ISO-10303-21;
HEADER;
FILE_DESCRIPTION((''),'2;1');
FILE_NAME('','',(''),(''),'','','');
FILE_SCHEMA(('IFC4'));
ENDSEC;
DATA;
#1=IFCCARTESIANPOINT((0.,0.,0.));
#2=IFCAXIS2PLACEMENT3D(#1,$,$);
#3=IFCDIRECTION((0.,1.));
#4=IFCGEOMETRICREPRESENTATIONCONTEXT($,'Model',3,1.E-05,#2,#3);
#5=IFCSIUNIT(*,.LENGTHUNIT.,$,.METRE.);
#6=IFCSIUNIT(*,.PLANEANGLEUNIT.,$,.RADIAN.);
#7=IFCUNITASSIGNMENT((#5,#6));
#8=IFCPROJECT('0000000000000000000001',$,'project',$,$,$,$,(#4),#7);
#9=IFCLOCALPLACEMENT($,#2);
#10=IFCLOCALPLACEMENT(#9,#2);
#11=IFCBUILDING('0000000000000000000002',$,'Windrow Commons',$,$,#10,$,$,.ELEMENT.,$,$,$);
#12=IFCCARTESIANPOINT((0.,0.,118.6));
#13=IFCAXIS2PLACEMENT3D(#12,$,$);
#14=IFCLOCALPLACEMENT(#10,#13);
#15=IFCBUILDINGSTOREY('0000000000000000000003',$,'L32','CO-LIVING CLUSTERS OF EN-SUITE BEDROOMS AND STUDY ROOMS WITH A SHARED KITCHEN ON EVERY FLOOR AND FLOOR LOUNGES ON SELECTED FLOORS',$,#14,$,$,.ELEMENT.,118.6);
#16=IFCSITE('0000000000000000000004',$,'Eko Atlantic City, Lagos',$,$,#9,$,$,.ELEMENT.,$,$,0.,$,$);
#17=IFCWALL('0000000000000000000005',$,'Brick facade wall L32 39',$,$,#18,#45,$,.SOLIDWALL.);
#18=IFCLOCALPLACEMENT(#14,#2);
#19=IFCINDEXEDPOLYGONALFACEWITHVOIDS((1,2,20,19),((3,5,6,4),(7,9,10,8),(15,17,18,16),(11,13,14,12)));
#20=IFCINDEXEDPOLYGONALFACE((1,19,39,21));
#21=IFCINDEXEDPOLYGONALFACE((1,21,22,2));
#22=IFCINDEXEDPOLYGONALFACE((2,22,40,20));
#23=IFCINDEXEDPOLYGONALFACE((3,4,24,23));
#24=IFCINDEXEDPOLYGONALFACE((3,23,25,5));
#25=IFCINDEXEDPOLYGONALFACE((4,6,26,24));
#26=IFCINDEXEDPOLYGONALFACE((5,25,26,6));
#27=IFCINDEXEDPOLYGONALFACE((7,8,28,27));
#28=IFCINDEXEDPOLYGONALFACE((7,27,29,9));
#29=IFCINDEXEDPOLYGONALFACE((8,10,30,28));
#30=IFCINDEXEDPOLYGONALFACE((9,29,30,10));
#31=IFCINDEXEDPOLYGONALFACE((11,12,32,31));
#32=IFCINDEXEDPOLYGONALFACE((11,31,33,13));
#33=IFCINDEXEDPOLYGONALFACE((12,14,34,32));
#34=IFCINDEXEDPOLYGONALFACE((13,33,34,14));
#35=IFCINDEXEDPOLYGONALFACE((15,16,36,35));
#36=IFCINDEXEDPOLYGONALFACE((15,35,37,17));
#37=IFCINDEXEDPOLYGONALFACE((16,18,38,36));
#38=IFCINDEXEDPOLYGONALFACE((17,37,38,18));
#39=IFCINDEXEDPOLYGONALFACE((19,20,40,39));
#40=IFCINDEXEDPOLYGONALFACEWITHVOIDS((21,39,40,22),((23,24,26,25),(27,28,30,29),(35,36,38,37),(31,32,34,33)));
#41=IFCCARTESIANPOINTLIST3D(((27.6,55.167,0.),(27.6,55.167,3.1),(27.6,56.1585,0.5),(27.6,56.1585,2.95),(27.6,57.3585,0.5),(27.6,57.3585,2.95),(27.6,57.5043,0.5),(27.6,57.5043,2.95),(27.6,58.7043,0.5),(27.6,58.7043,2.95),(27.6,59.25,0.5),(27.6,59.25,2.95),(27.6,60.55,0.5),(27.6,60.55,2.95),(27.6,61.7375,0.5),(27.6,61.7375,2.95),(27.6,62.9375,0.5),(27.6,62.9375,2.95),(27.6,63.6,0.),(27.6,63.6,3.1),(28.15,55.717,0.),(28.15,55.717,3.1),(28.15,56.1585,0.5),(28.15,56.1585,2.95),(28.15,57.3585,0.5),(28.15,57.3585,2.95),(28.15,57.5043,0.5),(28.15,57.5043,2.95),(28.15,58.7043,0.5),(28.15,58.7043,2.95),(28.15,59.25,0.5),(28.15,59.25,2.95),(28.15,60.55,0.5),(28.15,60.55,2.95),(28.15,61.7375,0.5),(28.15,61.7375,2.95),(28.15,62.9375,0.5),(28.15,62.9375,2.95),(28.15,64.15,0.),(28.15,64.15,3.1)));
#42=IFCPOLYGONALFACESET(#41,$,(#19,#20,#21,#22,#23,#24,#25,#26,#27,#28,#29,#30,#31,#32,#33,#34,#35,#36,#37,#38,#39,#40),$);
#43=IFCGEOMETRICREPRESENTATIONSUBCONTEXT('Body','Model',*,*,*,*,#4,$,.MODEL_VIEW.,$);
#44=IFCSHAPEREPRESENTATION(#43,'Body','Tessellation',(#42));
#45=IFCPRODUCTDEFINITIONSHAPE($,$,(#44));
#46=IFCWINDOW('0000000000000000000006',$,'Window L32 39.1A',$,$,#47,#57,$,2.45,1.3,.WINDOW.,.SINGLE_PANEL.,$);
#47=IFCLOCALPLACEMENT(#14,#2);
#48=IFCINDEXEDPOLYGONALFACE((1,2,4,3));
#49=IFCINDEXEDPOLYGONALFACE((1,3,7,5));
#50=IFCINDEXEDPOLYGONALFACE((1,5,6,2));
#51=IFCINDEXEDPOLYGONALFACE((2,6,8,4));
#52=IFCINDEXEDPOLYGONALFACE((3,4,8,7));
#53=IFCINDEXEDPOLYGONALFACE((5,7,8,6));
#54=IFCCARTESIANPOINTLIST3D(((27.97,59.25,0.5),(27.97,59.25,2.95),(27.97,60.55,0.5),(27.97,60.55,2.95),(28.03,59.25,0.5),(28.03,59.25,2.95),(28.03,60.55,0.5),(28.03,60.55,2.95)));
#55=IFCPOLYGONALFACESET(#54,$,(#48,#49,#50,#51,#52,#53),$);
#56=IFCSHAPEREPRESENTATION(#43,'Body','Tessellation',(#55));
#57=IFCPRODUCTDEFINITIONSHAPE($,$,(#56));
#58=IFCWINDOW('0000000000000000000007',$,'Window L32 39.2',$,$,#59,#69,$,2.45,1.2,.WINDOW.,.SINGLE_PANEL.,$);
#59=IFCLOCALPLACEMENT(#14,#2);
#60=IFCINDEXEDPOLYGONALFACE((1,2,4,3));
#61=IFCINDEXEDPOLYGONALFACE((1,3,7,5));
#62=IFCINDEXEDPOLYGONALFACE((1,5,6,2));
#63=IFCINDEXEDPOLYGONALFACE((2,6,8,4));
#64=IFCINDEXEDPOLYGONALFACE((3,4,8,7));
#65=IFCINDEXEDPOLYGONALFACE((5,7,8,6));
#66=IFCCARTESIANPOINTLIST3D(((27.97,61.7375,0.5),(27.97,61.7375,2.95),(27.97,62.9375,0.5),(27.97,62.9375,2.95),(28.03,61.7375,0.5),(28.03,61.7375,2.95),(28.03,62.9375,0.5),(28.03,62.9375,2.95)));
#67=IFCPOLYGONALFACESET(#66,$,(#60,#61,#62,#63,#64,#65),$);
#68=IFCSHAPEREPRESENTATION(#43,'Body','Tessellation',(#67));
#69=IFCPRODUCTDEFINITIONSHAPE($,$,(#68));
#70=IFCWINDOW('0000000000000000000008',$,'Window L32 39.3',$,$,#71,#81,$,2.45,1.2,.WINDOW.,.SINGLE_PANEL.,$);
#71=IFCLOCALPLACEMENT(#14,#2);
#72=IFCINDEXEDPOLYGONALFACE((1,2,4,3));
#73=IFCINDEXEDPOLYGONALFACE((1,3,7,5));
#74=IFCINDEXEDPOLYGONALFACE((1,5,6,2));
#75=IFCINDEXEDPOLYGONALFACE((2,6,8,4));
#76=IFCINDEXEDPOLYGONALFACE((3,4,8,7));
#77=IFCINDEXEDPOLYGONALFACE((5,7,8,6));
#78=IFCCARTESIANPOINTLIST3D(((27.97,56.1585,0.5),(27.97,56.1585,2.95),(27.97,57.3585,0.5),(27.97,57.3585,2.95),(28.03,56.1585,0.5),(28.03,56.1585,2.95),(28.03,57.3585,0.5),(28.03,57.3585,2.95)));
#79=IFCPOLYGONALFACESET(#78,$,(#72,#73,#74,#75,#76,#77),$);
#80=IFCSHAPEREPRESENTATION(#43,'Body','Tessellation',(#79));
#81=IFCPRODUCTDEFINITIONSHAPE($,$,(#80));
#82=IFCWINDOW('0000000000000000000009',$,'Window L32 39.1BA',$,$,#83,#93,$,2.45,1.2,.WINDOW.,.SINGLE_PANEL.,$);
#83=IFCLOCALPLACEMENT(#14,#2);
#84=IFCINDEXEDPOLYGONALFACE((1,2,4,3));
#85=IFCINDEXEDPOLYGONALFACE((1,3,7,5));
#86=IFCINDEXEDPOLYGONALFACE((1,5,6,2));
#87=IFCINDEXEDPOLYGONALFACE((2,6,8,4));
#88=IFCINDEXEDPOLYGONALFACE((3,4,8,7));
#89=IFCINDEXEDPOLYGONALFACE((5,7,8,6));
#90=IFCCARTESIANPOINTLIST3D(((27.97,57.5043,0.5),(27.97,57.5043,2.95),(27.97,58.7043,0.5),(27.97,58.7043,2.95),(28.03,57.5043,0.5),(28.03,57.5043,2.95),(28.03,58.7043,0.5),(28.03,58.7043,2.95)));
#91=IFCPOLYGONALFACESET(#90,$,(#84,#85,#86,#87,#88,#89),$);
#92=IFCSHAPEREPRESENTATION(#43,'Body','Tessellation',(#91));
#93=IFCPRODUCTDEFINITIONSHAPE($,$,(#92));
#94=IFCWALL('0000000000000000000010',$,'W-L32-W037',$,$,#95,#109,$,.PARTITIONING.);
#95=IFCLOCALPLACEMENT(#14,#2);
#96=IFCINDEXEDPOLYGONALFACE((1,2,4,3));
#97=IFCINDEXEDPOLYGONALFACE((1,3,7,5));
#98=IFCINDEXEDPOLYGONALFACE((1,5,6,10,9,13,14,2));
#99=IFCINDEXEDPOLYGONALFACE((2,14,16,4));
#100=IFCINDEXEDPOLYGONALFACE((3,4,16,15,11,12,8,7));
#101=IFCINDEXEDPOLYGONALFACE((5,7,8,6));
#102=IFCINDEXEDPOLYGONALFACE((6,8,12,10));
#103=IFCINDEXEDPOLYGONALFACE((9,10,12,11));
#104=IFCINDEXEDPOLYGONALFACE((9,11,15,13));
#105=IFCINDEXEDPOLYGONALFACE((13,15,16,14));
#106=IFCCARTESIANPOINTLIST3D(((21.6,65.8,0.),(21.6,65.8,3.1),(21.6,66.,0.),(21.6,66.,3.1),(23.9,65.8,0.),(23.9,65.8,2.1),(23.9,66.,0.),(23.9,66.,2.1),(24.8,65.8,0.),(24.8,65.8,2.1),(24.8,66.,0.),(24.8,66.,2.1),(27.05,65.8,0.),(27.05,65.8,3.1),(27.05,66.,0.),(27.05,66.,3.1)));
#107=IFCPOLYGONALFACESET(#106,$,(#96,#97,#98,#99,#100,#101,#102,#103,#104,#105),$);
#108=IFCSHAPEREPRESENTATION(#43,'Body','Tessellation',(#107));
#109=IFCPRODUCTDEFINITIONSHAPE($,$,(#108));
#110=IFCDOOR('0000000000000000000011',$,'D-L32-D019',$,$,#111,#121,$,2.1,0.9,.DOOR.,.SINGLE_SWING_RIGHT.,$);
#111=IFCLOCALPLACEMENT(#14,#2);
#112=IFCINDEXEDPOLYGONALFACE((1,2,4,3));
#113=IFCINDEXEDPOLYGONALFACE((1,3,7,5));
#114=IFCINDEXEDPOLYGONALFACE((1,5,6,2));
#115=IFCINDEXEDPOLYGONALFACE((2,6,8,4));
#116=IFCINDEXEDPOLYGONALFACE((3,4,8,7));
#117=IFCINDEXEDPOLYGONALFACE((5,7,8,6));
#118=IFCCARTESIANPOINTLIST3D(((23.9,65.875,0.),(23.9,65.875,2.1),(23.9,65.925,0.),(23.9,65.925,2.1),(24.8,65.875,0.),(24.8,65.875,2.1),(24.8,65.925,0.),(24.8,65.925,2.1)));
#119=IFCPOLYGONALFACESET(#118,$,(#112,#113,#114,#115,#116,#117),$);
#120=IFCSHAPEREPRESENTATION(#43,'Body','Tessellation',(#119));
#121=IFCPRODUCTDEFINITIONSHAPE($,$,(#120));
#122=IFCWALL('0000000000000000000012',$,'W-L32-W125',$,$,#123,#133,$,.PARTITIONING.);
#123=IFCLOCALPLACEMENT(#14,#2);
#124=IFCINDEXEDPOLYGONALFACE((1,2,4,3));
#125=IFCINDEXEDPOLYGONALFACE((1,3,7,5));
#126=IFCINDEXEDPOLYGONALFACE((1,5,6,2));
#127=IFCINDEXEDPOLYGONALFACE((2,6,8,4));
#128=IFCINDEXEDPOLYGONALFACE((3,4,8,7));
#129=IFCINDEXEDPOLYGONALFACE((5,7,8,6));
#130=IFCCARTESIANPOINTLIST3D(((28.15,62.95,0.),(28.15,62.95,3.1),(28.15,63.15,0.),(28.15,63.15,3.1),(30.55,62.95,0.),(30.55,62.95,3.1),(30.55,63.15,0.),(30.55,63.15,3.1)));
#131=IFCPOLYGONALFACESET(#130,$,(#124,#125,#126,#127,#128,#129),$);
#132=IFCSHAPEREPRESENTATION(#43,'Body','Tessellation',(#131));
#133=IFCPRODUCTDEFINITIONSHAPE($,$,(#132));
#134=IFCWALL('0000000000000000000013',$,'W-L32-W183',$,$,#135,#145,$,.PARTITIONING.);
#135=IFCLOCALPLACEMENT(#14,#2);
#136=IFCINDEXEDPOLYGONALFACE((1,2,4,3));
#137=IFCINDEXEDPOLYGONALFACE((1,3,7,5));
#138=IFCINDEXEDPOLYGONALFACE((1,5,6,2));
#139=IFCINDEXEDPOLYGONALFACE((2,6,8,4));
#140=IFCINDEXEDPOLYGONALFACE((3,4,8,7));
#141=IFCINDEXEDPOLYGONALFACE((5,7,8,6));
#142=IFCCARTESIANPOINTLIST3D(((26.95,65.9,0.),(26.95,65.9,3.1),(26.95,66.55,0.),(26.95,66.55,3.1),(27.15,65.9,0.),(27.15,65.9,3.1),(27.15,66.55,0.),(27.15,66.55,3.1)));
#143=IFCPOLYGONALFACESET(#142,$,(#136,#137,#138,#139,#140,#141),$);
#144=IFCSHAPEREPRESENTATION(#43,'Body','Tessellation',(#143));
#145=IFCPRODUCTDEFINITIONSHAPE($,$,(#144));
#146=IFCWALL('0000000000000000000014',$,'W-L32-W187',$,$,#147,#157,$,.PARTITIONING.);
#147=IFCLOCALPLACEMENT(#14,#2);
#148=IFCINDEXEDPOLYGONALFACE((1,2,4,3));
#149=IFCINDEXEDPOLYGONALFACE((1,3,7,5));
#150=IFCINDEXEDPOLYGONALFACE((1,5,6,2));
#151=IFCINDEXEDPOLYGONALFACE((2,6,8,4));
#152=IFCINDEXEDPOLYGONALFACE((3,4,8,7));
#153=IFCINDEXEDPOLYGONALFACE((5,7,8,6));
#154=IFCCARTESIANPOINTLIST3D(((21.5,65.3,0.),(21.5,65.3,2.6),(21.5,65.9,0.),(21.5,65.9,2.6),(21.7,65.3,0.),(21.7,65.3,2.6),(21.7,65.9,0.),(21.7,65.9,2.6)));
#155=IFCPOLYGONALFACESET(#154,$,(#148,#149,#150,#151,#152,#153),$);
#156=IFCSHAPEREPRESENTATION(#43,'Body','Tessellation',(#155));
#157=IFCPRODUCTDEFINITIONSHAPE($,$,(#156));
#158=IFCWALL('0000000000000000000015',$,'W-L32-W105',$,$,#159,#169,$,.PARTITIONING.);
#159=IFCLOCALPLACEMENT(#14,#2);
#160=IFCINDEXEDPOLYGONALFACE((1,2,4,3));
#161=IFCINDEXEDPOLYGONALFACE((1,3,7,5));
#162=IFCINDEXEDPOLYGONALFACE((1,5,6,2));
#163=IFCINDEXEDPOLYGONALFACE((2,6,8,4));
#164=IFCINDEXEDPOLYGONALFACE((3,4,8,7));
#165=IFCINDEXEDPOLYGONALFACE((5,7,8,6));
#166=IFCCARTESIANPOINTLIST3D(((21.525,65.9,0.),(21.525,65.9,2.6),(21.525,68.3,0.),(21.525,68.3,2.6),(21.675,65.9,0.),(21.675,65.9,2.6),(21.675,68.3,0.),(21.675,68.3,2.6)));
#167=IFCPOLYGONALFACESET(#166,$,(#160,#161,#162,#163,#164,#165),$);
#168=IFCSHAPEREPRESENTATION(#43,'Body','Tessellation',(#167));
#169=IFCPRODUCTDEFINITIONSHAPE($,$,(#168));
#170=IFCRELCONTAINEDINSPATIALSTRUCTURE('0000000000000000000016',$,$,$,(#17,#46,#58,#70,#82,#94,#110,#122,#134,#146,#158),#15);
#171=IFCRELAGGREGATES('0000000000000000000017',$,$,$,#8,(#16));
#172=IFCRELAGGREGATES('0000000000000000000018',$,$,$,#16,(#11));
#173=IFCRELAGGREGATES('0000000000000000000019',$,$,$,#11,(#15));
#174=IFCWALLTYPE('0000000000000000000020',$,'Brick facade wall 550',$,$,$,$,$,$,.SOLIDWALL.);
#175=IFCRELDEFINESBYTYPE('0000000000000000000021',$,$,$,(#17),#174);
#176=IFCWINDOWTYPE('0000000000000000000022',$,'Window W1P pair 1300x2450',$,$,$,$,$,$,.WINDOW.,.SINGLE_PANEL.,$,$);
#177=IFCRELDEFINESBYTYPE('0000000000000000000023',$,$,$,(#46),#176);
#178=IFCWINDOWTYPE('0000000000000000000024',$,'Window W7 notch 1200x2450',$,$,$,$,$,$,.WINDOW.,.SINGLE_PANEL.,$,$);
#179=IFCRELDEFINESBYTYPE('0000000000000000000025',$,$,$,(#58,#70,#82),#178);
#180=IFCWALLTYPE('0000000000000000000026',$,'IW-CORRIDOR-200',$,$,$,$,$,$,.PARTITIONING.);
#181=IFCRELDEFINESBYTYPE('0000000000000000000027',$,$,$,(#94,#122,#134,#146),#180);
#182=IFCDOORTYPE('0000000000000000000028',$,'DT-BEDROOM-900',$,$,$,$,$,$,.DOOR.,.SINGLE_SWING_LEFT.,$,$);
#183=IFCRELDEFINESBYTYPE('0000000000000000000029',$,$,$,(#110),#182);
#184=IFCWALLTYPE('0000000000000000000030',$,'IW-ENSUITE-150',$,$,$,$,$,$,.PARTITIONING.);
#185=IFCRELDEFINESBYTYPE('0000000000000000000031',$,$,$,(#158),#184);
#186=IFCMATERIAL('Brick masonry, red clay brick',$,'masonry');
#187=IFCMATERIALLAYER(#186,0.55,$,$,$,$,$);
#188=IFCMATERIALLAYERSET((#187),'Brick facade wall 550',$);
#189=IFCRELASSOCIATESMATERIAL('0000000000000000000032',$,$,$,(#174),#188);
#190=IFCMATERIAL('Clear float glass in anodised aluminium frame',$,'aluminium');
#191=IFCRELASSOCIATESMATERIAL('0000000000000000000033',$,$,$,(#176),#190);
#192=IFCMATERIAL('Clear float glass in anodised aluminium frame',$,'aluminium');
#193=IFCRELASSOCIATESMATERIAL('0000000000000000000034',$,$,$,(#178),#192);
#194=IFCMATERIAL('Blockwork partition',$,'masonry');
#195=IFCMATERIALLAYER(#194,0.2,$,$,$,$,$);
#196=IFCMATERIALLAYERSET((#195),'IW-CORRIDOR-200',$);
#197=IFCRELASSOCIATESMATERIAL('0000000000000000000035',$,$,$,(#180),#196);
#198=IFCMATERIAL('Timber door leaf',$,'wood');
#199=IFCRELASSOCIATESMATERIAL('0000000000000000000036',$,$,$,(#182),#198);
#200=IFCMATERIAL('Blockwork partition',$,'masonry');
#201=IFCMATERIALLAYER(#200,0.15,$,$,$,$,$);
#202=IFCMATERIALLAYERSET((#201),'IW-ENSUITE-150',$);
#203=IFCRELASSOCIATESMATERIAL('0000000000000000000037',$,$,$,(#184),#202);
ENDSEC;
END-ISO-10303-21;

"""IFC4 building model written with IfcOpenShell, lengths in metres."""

from ifc_helpers import new_model, si_unit, direction, frame, frame_2d, origin, place, context, subcontext, project, spatial, polyline, rectangle, outline, extrude, material, layer, layer_set, type_object, element, fill, save


model = new_model("IFC4")

# Units and contexts
model_context = context("Model", 3, precision=1e-05, world=origin(), true_north=direction((0.0, 1.0)))
body_context = subcontext(model_context, "Body", "Model", "MODEL_VIEW")
ifc_project = project(units=[si_unit("LENGTHUNIT", "METRE"), si_unit("PLANEANGLEUNIT", "RADIAN")], contexts=[model_context])

# Site, building, storey
site_placement = place(None, origin())
site = spatial("IfcSite", under=ifc_project, at=site_placement, Name="Eko Atlantic City, Lagos", CompositionType="ELEMENT", RefElevation=0.0)
building_placement = place(site_placement, origin())
building = spatial("IfcBuilding", under=site, at=building_placement, Name="Windrow Commons", CompositionType="ELEMENT")
storey_placement = place(building_placement, frame((0.0, 0.0, 118.6)))
storey = spatial("IfcBuildingStorey", under=building, at=storey_placement, Name="L32", Description="CO-LIVING CLUSTERS OF EN-SUITE BEDROOMS AND STUDY ROOMS WITH A SHARED KITCHEN ON EVERY FLOOR AND FLOOR LOUNGES ON SELECTED FLOORS", CompositionType="ELEMENT", Elevation=118.6)

# Wall, openings, windows
ifc_material_1 = material(Name="Brick masonry, red clay brick", Category="masonry")
ifc_layer_1 = layer(ifc_material_1, 0.55)
ifc_layer_set_1 = layer_set([ifc_layer_1], Name="Brick facade wall 550")
wall_type_1 = type_object("IfcWallType", Name="Brick facade wall 550", PredefinedType="SOLIDWALL", material=ifc_layer_set_1)
ifc_material_2 = material(Name="Clear float glass in anodised aluminium frame", Category="aluminium")
window_type_1 = type_object("IfcWindowType", Name="Window W1P pair 1300x2450", PartitioningType="SINGLE_PANEL", PredefinedType="WINDOW", material=ifc_material_2)
ifc_material_3 = material(Name="Clear float glass in anodised aluminium frame", Category="aluminium")
window_type_2 = type_object("IfcWindowType", Name="Window W7 notch 1200x2450", PartitioningType="SINGLE_PANEL", PredefinedType="WINDOW", material=ifc_material_3)
wall_1_placement = place(storey_placement, frame((27.875, 63.875, 0.0), z_axis=(0.0, 0.0, 1.0), x_axis=(0.0, -1.0, 0.0)))
wall_1 = element("IfcWall", 1, at=wall_1_placement, inside=storey, type_object=wall_type_1, Name="Brick facade wall L32 39", PredefinedType="SOLIDWALL", context=body_context, shape_type="SweptSolid", body=[
    extrude(outline(polyline([(0.275, -0.275), (8.708, -0.275), (8.158, 0.275), (-0.275, 0.275), (0.275, -0.275)])), origin(), (0.0, 0.0, 1.0), 3.1),
])
opening_1_placement = place(wall_1_placement, frame((3.325, 0.0, 0.5)))
opening_1 = element("IfcOpeningElement", 2, at=opening_1_placement, cuts=wall_1, PredefinedType="OPENING", context=body_context, shape_type="SweptSolid", body=[
    extrude(rectangle(XDim=1.3, YDim=2.45, at=frame_2d((0.65, 1.225))), frame((0.0, 0.285, 0.0), z_axis=(0.0, -1.0, 0.0), x_axis=(1.0, 0.0, 0.0)), (0.0, 0.0, 1.0), 0.57),
])
opening_2_placement = place(wall_1_placement, frame((0.9375, 0.0, 0.5)))
opening_2 = element("IfcOpeningElement", 3, at=opening_2_placement, cuts=wall_1, PredefinedType="OPENING", context=body_context, shape_type="SweptSolid", body=[
    extrude(rectangle(XDim=1.2, YDim=2.45, at=frame_2d((0.6, 1.225))), frame((0.0, 0.285, 0.0), z_axis=(0.0, -1.0, 0.0), x_axis=(1.0, 0.0, 0.0)), (0.0, 0.0, 1.0), 0.57),
])
opening_3_placement = place(wall_1_placement, frame((6.5165, 0.0, 0.5)))
opening_3 = element("IfcOpeningElement", 4, at=opening_3_placement, cuts=wall_1, PredefinedType="OPENING", context=body_context, shape_type="SweptSolid", body=[
    extrude(rectangle(XDim=1.2, YDim=2.45, at=frame_2d((0.6, 1.225))), frame((0.0, 0.285, 0.0), z_axis=(0.0, -1.0, 0.0), x_axis=(1.0, 0.0, 0.0)), (0.0, 0.0, 1.0), 0.57),
])
opening_4_placement = place(wall_1_placement, frame((5.1707, 0.0, 0.5)))
opening_4 = element("IfcOpeningElement", 5, at=opening_4_placement, cuts=wall_1, PredefinedType="OPENING", context=body_context, shape_type="SweptSolid", body=[
    extrude(rectangle(XDim=1.2, YDim=2.45, at=frame_2d((0.6, 1.225))), frame((0.0, 0.285, 0.0), z_axis=(0.0, -1.0, 0.0), x_axis=(1.0, 0.0, 0.0)), (0.0, 0.0, 1.0), 0.57),
])
window_1_placement = place(opening_1_placement, origin())
window_1 = element("IfcWindow", 6, at=window_1_placement, inside=storey, type_object=window_type_1, Name="Window L32 39.1A", OverallHeight=2.45, OverallWidth=1.3, PartitioningType="SINGLE_PANEL", PredefinedType="WINDOW", context=body_context, shape_type="SweptSolid", body=[
    extrude(rectangle(XDim=1.3, YDim=2.45, at=frame_2d((0.65, 1.225))), frame((0.0, 0.155, 0.0), z_axis=(0.0, -1.0, 0.0), x_axis=(1.0, 0.0, 0.0)), (0.0, 0.0, 1.0), 0.06),
])
fill(opening_1, window_1)
window_2_placement = place(opening_2_placement, origin())
window_2 = element("IfcWindow", 7, at=window_2_placement, inside=storey, type_object=window_type_2, Name="Window L32 39.2", OverallHeight=2.45, OverallWidth=1.2, PartitioningType="SINGLE_PANEL", PredefinedType="WINDOW", context=body_context, shape_type="SweptSolid", body=[
    extrude(rectangle(XDim=1.2, YDim=2.45, at=frame_2d((0.6, 1.225))), frame((0.0, 0.155, 0.0), z_axis=(0.0, -1.0, 0.0), x_axis=(1.0, 0.0, 0.0)), (0.0, 0.0, 1.0), 0.06),
])
fill(opening_2, window_2)
window_3_placement = place(opening_3_placement, origin())
window_3 = element("IfcWindow", 8, at=window_3_placement, inside=storey, type_object=window_type_2, Name="Window L32 39.3", OverallHeight=2.45, OverallWidth=1.2, PartitioningType="SINGLE_PANEL", PredefinedType="WINDOW", context=body_context, shape_type="SweptSolid", body=[
    extrude(rectangle(XDim=1.2, YDim=2.45, at=frame_2d((0.6, 1.225))), frame((0.0, 0.155, 0.0), z_axis=(0.0, -1.0, 0.0), x_axis=(1.0, 0.0, 0.0)), (0.0, 0.0, 1.0), 0.06),
])
fill(opening_3, window_3)
window_4_placement = place(opening_4_placement, origin())
window_4 = element("IfcWindow", 9, at=window_4_placement, inside=storey, type_object=window_type_2, Name="Window L32 39.1BA", OverallHeight=2.45, OverallWidth=1.2, PartitioningType="SINGLE_PANEL", PredefinedType="WINDOW", context=body_context, shape_type="SweptSolid", body=[
    extrude(rectangle(XDim=1.2, YDim=2.45, at=frame_2d((0.6, 1.225))), frame((0.0, 0.155, 0.0), z_axis=(0.0, -1.0, 0.0), x_axis=(1.0, 0.0, 0.0)), (0.0, 0.0, 1.0), 0.06),
])
fill(opening_4, window_4)

# Wall, opening, door
ifc_material_4 = material(Name="Blockwork partition", Category="masonry")
ifc_layer_2 = layer(ifc_material_4, 0.2)
ifc_layer_set_2 = layer_set([ifc_layer_2], Name="IW-CORRIDOR-200")
wall_type_2 = type_object("IfcWallType", Name="IW-CORRIDOR-200", PredefinedType="PARTITIONING", material=ifc_layer_set_2)
wall_2_placement = place(storey_placement, frame((21.6, 65.9, 0.0), z_axis=(0.0, 0.0, 1.0), x_axis=(1.0, 0.0, 0.0)))
wall_2 = element("IfcWall", 10, at=wall_2_placement, inside=storey, type_object=wall_type_2, Name="W-L32-W037", PredefinedType="PARTITIONING", context=body_context, shape_type="SweptSolid", body=[
    extrude(rectangle(XDim=5.45, YDim=0.2, at=frame_2d((2.725, 0.0))), origin(), (0.0, 0.0, 1.0), 3.1),
])
opening_5_placement = place(wall_2_placement, frame((2.3, 0.0, 0.0)))
opening_5 = element("IfcOpeningElement", 11, at=opening_5_placement, cuts=wall_2, PredefinedType="OPENING", context=body_context, shape_type="SweptSolid", body=[
    extrude(rectangle(XDim=0.9, YDim=2.1, at=frame_2d((0.45, 1.05))), frame((0.0, 0.11, 0.0), z_axis=(0.0, -1.0, 0.0), x_axis=(1.0, 0.0, 0.0)), (0.0, 0.0, 1.0), 0.22),
])
ifc_material_5 = material(Name="Timber door leaf", Category="wood")
door_type = type_object("IfcDoorType", Name="DT-BEDROOM-900", OperationType="SINGLE_SWING_LEFT", PredefinedType="DOOR", material=ifc_material_5)
door_placement = place(opening_5_placement, origin())
door = element("IfcDoor", 12, at=door_placement, inside=storey, type_object=door_type, Name="D-L32-D019", OperationType="SINGLE_SWING_RIGHT", OverallHeight=2.1, OverallWidth=0.9, PredefinedType="DOOR", context=body_context, shape_type="SweptSolid", body=[
    extrude(rectangle(XDim=0.9, YDim=2.1, at=frame_2d((0.45, 1.05))), frame((0.0, 0.025, 0.0), z_axis=(0.0, -1.0, 0.0), x_axis=(1.0, 0.0, 0.0)), (0.0, 0.0, 1.0), 0.05),
])
fill(opening_5, door)

# Walls
wall_3_placement = place(storey_placement, frame((28.15, 63.05, 0.0), z_axis=(0.0, 0.0, 1.0), x_axis=(1.0, 0.0, 0.0)))
element("IfcWall", 13, at=wall_3_placement, inside=storey, type_object=wall_type_2, Name="W-L32-W125", PredefinedType="PARTITIONING", context=body_context, shape_type="SweptSolid", body=[
    extrude(rectangle(XDim=2.4, YDim=0.2, at=frame_2d((1.2, 0.0))), origin(), (0.0, 0.0, 1.0), 3.1),
])
wall_4_placement = place(storey_placement, frame((27.05, 65.9, 0.0), z_axis=(0.0, 0.0, 1.0), x_axis=(0.0, 1.0, 0.0)))
element("IfcWall", 14, at=wall_4_placement, inside=storey, type_object=wall_type_2, Name="W-L32-W183", PredefinedType="PARTITIONING", context=body_context, shape_type="SweptSolid", body=[
    extrude(rectangle(XDim=0.65, YDim=0.2, at=frame_2d((0.325, 0.0))), origin(), (0.0, 0.0, 1.0), 3.1),
])
wall_5_placement = place(storey_placement, frame((21.6, 65.3, 0.0), z_axis=(0.0, 0.0, 1.0), x_axis=(0.0, 1.0, 0.0)))
element("IfcWall", 15, at=wall_5_placement, inside=storey, type_object=wall_type_2, Name="W-L32-W187", PredefinedType="PARTITIONING", context=body_context, shape_type="SweptSolid", body=[
    extrude(rectangle(XDim=0.6, YDim=0.2, at=frame_2d((0.3, 0.0))), origin(), (0.0, 0.0, 1.0), 2.6),
])
ifc_material_6 = material(Name="Blockwork partition", Category="masonry")
ifc_layer_3 = layer(ifc_material_6, 0.15)
ifc_layer_set_3 = layer_set([ifc_layer_3], Name="IW-ENSUITE-150")
wall_type_3 = type_object("IfcWallType", Name="IW-ENSUITE-150", PredefinedType="PARTITIONING", material=ifc_layer_set_3)
wall_6_placement = place(storey_placement, frame((21.6, 65.9, 0.0), z_axis=(0.0, 0.0, 1.0), x_axis=(0.0, 1.0, 0.0)))
element("IfcWall", 16, at=wall_6_placement, inside=storey, type_object=wall_type_3, Name="W-L32-W105", PredefinedType="PARTITIONING", context=body_context, shape_type="SweptSolid", body=[
    extrude(rectangle(XDim=2.4, YDim=0.15, at=frame_2d((1.2, 0.0))), origin(), (0.0, 0.0, 1.0), 2.6),
])

save(model, "model.ifc")
